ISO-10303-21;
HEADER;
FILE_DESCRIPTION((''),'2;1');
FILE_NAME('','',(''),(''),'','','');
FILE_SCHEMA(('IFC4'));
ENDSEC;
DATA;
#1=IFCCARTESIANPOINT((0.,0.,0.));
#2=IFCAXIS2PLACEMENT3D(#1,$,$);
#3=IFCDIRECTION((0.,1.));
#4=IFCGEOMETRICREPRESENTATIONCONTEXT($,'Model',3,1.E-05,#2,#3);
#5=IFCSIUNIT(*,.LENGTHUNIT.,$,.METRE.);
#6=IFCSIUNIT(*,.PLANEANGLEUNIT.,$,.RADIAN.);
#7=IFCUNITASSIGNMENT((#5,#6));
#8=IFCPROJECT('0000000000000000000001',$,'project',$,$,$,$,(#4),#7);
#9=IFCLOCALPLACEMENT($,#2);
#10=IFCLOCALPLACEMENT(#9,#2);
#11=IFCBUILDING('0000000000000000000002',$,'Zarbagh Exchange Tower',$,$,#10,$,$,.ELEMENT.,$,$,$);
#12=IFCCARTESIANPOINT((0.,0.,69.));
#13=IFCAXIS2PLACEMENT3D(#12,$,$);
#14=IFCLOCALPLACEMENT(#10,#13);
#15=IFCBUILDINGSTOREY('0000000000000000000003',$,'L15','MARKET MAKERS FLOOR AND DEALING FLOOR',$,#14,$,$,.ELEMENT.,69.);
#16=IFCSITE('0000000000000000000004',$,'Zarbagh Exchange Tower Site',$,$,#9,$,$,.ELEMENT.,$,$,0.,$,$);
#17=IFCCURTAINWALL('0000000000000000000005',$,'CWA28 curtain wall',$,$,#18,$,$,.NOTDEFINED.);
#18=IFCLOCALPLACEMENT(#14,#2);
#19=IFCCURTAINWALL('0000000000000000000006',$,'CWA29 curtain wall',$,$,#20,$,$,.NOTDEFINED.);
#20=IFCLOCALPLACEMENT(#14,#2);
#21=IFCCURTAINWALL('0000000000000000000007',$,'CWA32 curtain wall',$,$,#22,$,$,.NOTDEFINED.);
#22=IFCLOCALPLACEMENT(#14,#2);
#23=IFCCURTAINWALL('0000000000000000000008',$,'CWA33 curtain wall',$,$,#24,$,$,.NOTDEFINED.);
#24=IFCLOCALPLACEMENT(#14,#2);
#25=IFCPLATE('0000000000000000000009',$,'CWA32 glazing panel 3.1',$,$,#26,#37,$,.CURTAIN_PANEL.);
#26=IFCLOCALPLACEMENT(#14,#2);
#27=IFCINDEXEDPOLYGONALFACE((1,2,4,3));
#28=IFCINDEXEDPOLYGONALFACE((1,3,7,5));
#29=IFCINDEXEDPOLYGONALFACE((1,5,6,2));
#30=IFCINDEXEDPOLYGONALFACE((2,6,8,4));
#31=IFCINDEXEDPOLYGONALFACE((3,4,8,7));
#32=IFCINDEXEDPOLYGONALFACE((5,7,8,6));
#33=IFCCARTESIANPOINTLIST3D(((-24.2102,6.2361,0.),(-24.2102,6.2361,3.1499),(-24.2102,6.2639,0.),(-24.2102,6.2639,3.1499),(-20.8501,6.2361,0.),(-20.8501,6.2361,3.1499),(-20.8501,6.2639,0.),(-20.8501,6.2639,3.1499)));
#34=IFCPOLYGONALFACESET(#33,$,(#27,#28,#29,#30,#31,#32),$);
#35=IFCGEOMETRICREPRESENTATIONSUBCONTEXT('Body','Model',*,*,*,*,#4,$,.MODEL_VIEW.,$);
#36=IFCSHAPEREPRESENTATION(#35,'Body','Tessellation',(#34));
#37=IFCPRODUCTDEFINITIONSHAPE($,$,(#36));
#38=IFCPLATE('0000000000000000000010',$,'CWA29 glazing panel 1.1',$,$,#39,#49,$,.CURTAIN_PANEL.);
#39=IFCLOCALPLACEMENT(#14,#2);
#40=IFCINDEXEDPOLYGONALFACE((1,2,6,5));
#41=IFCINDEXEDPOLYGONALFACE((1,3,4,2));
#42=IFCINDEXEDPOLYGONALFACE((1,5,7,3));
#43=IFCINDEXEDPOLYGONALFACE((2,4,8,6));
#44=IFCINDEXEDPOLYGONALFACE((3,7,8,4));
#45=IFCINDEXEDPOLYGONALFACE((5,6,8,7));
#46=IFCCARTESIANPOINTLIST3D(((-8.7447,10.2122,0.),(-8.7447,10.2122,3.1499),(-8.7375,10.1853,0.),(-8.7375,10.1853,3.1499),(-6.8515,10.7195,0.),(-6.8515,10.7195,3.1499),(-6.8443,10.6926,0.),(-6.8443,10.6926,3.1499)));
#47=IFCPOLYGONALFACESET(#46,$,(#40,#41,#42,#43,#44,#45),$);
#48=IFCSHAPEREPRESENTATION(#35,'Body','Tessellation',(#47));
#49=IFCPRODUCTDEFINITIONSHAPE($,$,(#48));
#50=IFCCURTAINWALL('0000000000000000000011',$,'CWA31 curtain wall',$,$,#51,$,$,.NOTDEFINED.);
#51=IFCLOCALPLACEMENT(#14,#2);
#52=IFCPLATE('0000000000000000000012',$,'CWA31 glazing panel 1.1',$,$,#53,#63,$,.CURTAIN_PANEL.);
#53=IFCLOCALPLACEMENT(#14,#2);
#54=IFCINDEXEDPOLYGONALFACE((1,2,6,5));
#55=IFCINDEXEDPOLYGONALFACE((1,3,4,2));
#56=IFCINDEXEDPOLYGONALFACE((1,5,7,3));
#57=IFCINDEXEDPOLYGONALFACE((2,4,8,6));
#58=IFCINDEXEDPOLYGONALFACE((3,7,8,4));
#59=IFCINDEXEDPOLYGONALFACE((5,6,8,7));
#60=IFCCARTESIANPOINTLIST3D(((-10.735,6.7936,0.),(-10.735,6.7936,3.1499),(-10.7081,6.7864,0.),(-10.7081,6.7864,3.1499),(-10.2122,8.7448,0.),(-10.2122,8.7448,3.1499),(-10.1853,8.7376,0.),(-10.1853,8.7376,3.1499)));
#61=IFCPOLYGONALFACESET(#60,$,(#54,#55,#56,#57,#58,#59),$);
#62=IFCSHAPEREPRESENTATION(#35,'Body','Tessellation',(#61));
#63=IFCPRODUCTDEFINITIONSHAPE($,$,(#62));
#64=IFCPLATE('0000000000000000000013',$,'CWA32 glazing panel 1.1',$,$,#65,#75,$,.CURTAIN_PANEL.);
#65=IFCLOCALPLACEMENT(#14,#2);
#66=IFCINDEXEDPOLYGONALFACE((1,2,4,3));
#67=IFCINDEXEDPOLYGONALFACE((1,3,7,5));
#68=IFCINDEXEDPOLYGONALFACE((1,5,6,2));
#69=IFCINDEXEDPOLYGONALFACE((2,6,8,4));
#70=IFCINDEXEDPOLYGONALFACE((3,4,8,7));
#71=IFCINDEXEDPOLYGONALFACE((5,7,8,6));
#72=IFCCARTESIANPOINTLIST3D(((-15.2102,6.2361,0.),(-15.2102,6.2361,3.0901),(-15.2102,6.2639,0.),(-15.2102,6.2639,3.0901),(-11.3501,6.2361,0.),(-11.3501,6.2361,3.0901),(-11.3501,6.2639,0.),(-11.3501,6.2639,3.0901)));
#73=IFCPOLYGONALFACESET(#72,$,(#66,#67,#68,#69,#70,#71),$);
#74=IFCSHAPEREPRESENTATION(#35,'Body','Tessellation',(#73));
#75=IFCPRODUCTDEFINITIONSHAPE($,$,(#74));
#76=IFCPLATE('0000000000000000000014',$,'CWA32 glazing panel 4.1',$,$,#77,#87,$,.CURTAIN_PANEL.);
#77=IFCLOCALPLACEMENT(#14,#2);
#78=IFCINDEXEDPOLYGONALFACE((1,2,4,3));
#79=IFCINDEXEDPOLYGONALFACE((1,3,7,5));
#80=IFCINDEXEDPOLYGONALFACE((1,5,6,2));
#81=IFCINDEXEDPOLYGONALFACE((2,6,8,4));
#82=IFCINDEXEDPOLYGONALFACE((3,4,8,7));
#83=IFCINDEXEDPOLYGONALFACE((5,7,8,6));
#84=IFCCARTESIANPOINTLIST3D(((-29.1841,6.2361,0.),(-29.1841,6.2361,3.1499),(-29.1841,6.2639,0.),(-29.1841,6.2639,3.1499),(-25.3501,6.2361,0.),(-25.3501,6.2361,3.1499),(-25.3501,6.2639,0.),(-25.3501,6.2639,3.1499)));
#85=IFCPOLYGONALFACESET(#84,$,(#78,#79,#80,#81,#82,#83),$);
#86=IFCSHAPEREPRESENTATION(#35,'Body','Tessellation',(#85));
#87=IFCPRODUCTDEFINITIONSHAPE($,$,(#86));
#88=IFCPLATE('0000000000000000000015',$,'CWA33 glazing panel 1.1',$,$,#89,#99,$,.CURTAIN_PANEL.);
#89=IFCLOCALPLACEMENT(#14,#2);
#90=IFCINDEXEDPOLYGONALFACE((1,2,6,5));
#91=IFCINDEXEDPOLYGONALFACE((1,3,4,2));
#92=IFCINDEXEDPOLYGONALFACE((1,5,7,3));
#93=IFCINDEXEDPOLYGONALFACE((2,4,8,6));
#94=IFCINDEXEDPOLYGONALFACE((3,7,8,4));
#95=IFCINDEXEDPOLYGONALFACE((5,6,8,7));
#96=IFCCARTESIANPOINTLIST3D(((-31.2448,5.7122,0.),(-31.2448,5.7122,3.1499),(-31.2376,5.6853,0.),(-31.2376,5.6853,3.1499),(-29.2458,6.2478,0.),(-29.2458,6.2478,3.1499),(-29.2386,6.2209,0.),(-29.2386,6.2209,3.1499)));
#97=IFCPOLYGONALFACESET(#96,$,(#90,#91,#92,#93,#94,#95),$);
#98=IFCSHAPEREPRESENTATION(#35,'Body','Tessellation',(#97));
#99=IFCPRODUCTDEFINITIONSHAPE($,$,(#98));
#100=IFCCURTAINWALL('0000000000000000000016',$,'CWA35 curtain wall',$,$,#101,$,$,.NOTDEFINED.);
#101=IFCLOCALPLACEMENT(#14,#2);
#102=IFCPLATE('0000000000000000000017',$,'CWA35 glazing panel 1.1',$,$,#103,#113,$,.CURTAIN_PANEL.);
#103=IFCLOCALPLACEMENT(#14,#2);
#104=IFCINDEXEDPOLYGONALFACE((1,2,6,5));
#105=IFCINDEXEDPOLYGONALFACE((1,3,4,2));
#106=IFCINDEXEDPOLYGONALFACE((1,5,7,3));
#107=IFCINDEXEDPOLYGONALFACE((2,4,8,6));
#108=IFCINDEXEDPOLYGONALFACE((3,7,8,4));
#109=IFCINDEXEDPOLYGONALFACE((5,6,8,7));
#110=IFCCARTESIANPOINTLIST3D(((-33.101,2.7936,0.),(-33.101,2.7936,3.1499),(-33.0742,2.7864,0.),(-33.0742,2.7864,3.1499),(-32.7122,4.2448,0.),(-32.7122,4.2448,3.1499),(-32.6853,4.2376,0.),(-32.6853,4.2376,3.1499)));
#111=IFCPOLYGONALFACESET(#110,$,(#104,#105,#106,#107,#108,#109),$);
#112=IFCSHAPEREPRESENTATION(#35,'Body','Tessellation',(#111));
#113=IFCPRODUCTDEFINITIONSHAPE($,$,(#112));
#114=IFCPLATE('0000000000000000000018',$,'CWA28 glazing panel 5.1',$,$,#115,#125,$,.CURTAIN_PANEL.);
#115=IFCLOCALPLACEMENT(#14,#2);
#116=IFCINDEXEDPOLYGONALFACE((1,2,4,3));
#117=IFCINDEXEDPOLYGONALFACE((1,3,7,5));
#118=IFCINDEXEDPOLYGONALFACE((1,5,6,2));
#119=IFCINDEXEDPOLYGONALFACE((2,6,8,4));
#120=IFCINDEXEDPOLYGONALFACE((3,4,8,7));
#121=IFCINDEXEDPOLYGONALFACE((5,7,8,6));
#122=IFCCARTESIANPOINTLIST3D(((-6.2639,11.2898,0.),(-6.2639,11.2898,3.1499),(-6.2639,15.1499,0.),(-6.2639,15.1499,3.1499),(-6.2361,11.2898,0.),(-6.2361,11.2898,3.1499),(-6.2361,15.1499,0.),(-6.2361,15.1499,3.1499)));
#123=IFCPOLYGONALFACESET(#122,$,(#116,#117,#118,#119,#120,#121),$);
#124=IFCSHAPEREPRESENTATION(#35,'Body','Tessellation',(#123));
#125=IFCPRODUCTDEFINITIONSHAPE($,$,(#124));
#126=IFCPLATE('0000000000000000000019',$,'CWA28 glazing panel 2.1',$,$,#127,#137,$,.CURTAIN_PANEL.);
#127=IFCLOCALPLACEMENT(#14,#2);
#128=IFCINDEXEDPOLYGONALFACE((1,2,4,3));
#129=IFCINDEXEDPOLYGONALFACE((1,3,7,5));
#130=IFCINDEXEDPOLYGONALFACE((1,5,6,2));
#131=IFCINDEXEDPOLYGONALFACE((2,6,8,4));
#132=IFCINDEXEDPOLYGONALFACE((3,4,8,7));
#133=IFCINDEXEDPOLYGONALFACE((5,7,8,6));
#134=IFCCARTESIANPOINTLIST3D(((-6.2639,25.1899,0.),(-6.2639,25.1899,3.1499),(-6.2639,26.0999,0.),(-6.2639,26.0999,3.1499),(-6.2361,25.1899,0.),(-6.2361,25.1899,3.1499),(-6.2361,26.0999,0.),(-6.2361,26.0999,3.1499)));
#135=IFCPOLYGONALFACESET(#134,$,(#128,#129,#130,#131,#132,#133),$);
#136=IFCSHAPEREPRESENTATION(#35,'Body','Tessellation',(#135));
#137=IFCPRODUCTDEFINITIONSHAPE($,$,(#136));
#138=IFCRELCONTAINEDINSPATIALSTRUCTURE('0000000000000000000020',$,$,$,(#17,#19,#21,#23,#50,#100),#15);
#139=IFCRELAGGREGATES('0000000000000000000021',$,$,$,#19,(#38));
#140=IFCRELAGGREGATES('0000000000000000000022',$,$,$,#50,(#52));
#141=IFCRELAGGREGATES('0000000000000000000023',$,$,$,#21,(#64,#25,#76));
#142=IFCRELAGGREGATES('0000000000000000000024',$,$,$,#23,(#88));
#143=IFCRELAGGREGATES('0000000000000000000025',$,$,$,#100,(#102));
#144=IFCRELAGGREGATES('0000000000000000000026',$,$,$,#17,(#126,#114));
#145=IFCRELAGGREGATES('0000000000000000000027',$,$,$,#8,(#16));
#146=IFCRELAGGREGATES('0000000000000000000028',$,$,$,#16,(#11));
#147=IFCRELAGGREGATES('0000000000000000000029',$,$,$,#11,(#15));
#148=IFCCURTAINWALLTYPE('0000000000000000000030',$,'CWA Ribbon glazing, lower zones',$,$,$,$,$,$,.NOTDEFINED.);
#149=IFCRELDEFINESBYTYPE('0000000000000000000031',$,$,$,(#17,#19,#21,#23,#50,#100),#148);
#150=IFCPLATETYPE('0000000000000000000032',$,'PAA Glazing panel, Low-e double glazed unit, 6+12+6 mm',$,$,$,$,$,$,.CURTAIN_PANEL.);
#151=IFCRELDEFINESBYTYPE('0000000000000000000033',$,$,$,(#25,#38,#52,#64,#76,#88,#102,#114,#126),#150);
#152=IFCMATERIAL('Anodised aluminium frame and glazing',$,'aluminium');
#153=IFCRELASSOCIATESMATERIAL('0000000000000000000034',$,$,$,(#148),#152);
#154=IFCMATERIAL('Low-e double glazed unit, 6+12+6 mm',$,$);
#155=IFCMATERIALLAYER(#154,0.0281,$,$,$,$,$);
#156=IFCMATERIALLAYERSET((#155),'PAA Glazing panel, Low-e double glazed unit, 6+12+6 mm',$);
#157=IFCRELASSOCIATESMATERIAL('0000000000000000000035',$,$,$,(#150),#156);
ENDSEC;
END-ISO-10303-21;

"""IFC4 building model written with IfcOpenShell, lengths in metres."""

from ifc_helpers import new_model, si_unit, direction, frame, origin, place, context, subcontext, project, spatial, polyline, outline, extrude, source, transform, mapped, material, layer, layer_set, type_object, element, aggregate, save


model = new_model("IFC4")

# Units and contexts
model_context = context("Model", 3, precision=1e-05, world=origin(), true_north=direction((0.0, 1.0)))
body_context = subcontext(model_context, "Body", "Model", "MODEL_VIEW")
ifc_project = project(units=[si_unit("LENGTHUNIT", "METRE"), si_unit("PLANEANGLEUNIT", "RADIAN")], contexts=[model_context])

# Site, building, storey
site_placement = place(None, origin())
site = spatial("IfcSite", under=ifc_project, at=site_placement, Name="Zarbagh Exchange Tower Site", CompositionType="ELEMENT", RefElevation=0.0)
building_placement = place(site_placement, origin())
building = spatial("IfcBuilding", under=site, at=building_placement, Name="Zarbagh Exchange Tower", CompositionType="ELEMENT")
storey_placement = place(building_placement, frame((0.0, 0.0, 69.0)))
storey = spatial("IfcBuildingStorey", under=building, at=storey_placement, Name="L15", Description="MARKET MAKERS FLOOR AND DEALING FLOOR", CompositionType="ELEMENT", Elevation=69.0)

# Curtain wall
ifc_material_1 = material(Name="Anodised aluminium frame and glazing", Category="aluminium")
curtain_wall_type = type_object("IfcCurtainWallType", Name="CWA Ribbon glazing, lower zones", PredefinedType="NOTDEFINED", material=ifc_material_1)
curtain_wall_1_placement = place(storey_placement, origin())
curtain_wall_1 = element("IfcCurtainWall", 1, at=curtain_wall_1_placement, inside=storey, type_object=curtain_wall_type, Name="CWA28 curtain wall", PredefinedType="NOTDEFINED")
placement = place(storey_placement, origin())

# Curtain wall
curtain_wall_2_placement = place(storey_placement, origin())
curtain_wall_2 = element("IfcCurtainWall", 2, at=curtain_wall_2_placement, inside=storey, type_object=curtain_wall_type, Name="CWA29 curtain wall", PredefinedType="NOTDEFINED")

# Curtain wall
curtain_wall_3_placement = place(storey_placement, origin())
curtain_wall_3 = element("IfcCurtainWall", 3, at=curtain_wall_3_placement, inside=storey, type_object=curtain_wall_type, Name="CWA32 curtain wall", PredefinedType="NOTDEFINED")

# Curtain wall
curtain_wall_4_placement = place(storey_placement, origin())
curtain_wall_4 = element("IfcCurtainWall", 4, at=curtain_wall_4_placement, inside=storey, type_object=curtain_wall_type, Name="CWA33 curtain wall", PredefinedType="NOTDEFINED")

# Shared definitions
ifc_material_2 = material(Name="Low-e double glazed unit, 6+12+6 mm")
ifc_layer = layer(ifc_material_2, 0.0281)
ifc_layer_set = layer_set([ifc_layer], Name="PAA Glazing panel, Low-e double glazed unit, 6+12+6 mm")
plate_type = type_object("IfcPlateType", Name="PAA Glazing panel, Low-e double glazed unit, 6+12+6 mm", PredefinedType="CURTAIN_PANEL", material=ifc_layer_set)

# Plates
shared_shape_1 = source(origin(), body_context, "Body", "SweptSolid", [
    extrude(outline(polyline([(0.0, -0.0139), (3.3601, -0.0139), (3.3601, 0.0139), (0.0, 0.0139), (0.0, -0.0139)])), origin(), (0.0, 0.0, 1.0), 3.1499),
])
plate_1 = element("IfcPlate", 5, at=placement, type_object=plate_type, Name="CWA32 glazing panel 3.1", PredefinedType="CURTAIN_PANEL", context=body_context, shape_type="MappedRepresentation", body=[
    mapped(shared_shape_1, transform((-20.8501, 6.25, 0.0), x_axis=(-1.0, 0.0, 0.0), y_axis=(0.0, -1.0, 0.0), z_axis=(0.0, 0.0, 1.0))),
])
shared_shape_2 = source(origin(), body_context, "Body", "SweptSolid", [
    extrude(outline(polyline([(0.0, -0.0139), (1.96, -0.0139), (1.96, 0.0139), (0.0, 0.0139), (0.0, -0.0139)])), origin(), (0.0, 0.0, 1.0), 3.1499),
])
plate_2 = element("IfcPlate", 6, at=placement, type_object=plate_type, Name="CWA29 glazing panel 1.1", PredefinedType="CURTAIN_PANEL", context=body_context, shape_type="MappedRepresentation", body=[
    mapped(shared_shape_2, transform((-6.8479, 10.7061, 0.0), x_axis=(-0.965924, -0.258825, 0.0), y_axis=(0.258825, -0.965924, 0.0), z_axis=(0.0, 0.0, 1.0))),
])
aggregate(curtain_wall_2, [plate_2])

# Curtain wall, plate
curtain_wall_5_placement = place(storey_placement, origin())
curtain_wall_5 = element("IfcCurtainWall", 7, at=curtain_wall_5_placement, inside=storey, type_object=curtain_wall_type, Name="CWA31 curtain wall", PredefinedType="NOTDEFINED")
shared_shape_3 = source(origin(), body_context, "Body", "SweptSolid", [
    extrude(outline(polyline([(0.0, -0.0139), (2.02, -0.0139), (2.02, 0.0139), (0.0, 0.0139), (0.0, -0.0139)])), origin(), (0.0, 0.0, 1.0), 3.1499),
])
plate_3 = element("IfcPlate", 8, at=placement, type_object=plate_type, Name="CWA31 glazing panel 1.1", PredefinedType="CURTAIN_PANEL", context=body_context, shape_type="MappedRepresentation", body=[
    mapped(shared_shape_3, transform((-10.1987, 8.7412, 0.0), x_axis=(-0.258825, -0.965924, 0.0), y_axis=(0.965924, -0.258825, 0.0), z_axis=(0.0, 0.0, 1.0))),
])
aggregate(curtain_wall_5, [plate_3])

# Plates
shared_shape_4 = source(origin(), body_context, "Body", "SweptSolid", [
    extrude(outline(polyline([(0.0, -0.0139), (3.8601, -0.0139), (3.8601, 0.0139), (0.0, 0.0139), (0.0, -0.0139)])), origin(), (0.0, 0.0, 1.0), 3.0901),
])
plate_4 = element("IfcPlate", 9, at=placement, type_object=plate_type, Name="CWA32 glazing panel 1.1", PredefinedType="CURTAIN_PANEL", context=body_context, shape_type="MappedRepresentation", body=[
    mapped(shared_shape_4, transform((-11.3501, 6.25, 0.0), x_axis=(-1.0, 0.0, 0.0), y_axis=(0.0, -1.0, 0.0), z_axis=(0.0, 0.0, 1.0))),
])
shared_shape_5 = source(origin(), body_context, "Body", "SweptSolid", [
    extrude(outline(polyline([(0.0, -0.0139), (3.834, -0.0139), (3.834, 0.0139), (0.0, 0.0139), (0.0, -0.0139)])), origin(), (0.0, 0.0, 1.0), 3.1499),
])
plate_5 = element("IfcPlate", 10, at=placement, type_object=plate_type, Name="CWA32 glazing panel 4.1", PredefinedType="CURTAIN_PANEL", context=body_context, shape_type="MappedRepresentation", body=[
    mapped(shared_shape_5, transform((-25.3501, 6.25, 0.0), x_axis=(-1.0, 0.0, 0.0), y_axis=(0.0, -1.0, 0.0), z_axis=(0.0, 0.0, 1.0))),
])
aggregate(curtain_wall_3, [plate_4, plate_1, plate_5])
shared_shape_6 = source(origin(), body_context, "Body", "SweptSolid", [
    extrude(outline(polyline([(0.0, -0.0139), (2.0696, -0.0139), (2.0696, 0.0139), (0.0, 0.0139), (0.0, -0.0139)])), origin(), (0.0, 0.0, 1.0), 3.1499),
])
plate_6 = element("IfcPlate", 11, at=placement, type_object=plate_type, Name="CWA33 glazing panel 1.1", PredefinedType="CURTAIN_PANEL", context=body_context, shape_type="MappedRepresentation", body=[
    mapped(shared_shape_6, transform((-29.2422, 6.2344, 0.0), x_axis=(-0.965924, -0.258825, 0.0), y_axis=(0.258825, -0.965924, 0.0), z_axis=(0.0, 0.0, 1.0))),
])
aggregate(curtain_wall_4, [plate_6])

# Curtain wall, plate
curtain_wall_6_placement = place(storey_placement, origin())
curtain_wall_6 = element("IfcCurtainWall", 12, at=curtain_wall_6_placement, inside=storey, type_object=curtain_wall_type, Name="CWA35 curtain wall", PredefinedType="NOTDEFINED")
shared_shape_7 = source(origin(), body_context, "Body", "SweptSolid", [
    extrude(outline(polyline([(0.0, -0.0139), (1.5024, -0.0139), (1.5024, 0.0139), (0.0, 0.0139), (0.0, -0.0139)])), origin(), (0.0, 0.0, 1.0), 3.1499),
])
plate_7 = element("IfcPlate", 13, at=placement, type_object=plate_type, Name="CWA35 glazing panel 1.1", PredefinedType="CURTAIN_PANEL", context=body_context, shape_type="MappedRepresentation", body=[
    mapped(shared_shape_7, transform((-32.6987, 4.2412, 0.0), x_axis=(-0.258825, -0.965924, 0.0), y_axis=(0.965924, -0.258825, 0.0), z_axis=(0.0, 0.0, 1.0))),
])
aggregate(curtain_wall_6, [plate_7])

# Plates
shared_shape_8 = source(origin(), body_context, "Body", "SweptSolid", [
    extrude(outline(polyline([(0.0, -0.0139), (3.8601, -0.0139), (3.8601, 0.0139), (0.0, 0.0139), (0.0, -0.0139)])), origin(), (0.0, 0.0, 1.0), 3.1499),
])
plate_8 = element("IfcPlate", 14, at=placement, type_object=plate_type, Name="CWA28 glazing panel 5.1", PredefinedType="CURTAIN_PANEL", context=body_context, shape_type="MappedRepresentation", body=[
    mapped(shared_shape_8, transform((-6.25, 15.1499, 0.0), x_axis=(0.0, -1.0, 0.0), y_axis=(1.0, 0.0, 0.0), z_axis=(0.0, 0.0, 1.0))),
])
shared_shape_9 = source(origin(), body_context, "Body", "SweptSolid", [
    extrude(outline(polyline([(0.0, -0.0139), (0.9099, -0.0139), (0.9099, 0.0139), (0.0, 0.0139), (0.0, -0.0139)])), origin(), (0.0, 0.0, 1.0), 3.1499),
])
plate_9 = element("IfcPlate", 15, at=placement, type_object=plate_type, Name="CWA28 glazing panel 2.1", PredefinedType="CURTAIN_PANEL", context=body_context, shape_type="MappedRepresentation", body=[
    mapped(shared_shape_9, transform((-6.25, 26.0999, 0.0), x_axis=(0.0, -1.0, 0.0), y_axis=(1.0, 0.0, 0.0), z_axis=(0.0, 0.0, 1.0))),
])
aggregate(curtain_wall_1, [plate_9, plate_8])

save(model, "model.ifc")
